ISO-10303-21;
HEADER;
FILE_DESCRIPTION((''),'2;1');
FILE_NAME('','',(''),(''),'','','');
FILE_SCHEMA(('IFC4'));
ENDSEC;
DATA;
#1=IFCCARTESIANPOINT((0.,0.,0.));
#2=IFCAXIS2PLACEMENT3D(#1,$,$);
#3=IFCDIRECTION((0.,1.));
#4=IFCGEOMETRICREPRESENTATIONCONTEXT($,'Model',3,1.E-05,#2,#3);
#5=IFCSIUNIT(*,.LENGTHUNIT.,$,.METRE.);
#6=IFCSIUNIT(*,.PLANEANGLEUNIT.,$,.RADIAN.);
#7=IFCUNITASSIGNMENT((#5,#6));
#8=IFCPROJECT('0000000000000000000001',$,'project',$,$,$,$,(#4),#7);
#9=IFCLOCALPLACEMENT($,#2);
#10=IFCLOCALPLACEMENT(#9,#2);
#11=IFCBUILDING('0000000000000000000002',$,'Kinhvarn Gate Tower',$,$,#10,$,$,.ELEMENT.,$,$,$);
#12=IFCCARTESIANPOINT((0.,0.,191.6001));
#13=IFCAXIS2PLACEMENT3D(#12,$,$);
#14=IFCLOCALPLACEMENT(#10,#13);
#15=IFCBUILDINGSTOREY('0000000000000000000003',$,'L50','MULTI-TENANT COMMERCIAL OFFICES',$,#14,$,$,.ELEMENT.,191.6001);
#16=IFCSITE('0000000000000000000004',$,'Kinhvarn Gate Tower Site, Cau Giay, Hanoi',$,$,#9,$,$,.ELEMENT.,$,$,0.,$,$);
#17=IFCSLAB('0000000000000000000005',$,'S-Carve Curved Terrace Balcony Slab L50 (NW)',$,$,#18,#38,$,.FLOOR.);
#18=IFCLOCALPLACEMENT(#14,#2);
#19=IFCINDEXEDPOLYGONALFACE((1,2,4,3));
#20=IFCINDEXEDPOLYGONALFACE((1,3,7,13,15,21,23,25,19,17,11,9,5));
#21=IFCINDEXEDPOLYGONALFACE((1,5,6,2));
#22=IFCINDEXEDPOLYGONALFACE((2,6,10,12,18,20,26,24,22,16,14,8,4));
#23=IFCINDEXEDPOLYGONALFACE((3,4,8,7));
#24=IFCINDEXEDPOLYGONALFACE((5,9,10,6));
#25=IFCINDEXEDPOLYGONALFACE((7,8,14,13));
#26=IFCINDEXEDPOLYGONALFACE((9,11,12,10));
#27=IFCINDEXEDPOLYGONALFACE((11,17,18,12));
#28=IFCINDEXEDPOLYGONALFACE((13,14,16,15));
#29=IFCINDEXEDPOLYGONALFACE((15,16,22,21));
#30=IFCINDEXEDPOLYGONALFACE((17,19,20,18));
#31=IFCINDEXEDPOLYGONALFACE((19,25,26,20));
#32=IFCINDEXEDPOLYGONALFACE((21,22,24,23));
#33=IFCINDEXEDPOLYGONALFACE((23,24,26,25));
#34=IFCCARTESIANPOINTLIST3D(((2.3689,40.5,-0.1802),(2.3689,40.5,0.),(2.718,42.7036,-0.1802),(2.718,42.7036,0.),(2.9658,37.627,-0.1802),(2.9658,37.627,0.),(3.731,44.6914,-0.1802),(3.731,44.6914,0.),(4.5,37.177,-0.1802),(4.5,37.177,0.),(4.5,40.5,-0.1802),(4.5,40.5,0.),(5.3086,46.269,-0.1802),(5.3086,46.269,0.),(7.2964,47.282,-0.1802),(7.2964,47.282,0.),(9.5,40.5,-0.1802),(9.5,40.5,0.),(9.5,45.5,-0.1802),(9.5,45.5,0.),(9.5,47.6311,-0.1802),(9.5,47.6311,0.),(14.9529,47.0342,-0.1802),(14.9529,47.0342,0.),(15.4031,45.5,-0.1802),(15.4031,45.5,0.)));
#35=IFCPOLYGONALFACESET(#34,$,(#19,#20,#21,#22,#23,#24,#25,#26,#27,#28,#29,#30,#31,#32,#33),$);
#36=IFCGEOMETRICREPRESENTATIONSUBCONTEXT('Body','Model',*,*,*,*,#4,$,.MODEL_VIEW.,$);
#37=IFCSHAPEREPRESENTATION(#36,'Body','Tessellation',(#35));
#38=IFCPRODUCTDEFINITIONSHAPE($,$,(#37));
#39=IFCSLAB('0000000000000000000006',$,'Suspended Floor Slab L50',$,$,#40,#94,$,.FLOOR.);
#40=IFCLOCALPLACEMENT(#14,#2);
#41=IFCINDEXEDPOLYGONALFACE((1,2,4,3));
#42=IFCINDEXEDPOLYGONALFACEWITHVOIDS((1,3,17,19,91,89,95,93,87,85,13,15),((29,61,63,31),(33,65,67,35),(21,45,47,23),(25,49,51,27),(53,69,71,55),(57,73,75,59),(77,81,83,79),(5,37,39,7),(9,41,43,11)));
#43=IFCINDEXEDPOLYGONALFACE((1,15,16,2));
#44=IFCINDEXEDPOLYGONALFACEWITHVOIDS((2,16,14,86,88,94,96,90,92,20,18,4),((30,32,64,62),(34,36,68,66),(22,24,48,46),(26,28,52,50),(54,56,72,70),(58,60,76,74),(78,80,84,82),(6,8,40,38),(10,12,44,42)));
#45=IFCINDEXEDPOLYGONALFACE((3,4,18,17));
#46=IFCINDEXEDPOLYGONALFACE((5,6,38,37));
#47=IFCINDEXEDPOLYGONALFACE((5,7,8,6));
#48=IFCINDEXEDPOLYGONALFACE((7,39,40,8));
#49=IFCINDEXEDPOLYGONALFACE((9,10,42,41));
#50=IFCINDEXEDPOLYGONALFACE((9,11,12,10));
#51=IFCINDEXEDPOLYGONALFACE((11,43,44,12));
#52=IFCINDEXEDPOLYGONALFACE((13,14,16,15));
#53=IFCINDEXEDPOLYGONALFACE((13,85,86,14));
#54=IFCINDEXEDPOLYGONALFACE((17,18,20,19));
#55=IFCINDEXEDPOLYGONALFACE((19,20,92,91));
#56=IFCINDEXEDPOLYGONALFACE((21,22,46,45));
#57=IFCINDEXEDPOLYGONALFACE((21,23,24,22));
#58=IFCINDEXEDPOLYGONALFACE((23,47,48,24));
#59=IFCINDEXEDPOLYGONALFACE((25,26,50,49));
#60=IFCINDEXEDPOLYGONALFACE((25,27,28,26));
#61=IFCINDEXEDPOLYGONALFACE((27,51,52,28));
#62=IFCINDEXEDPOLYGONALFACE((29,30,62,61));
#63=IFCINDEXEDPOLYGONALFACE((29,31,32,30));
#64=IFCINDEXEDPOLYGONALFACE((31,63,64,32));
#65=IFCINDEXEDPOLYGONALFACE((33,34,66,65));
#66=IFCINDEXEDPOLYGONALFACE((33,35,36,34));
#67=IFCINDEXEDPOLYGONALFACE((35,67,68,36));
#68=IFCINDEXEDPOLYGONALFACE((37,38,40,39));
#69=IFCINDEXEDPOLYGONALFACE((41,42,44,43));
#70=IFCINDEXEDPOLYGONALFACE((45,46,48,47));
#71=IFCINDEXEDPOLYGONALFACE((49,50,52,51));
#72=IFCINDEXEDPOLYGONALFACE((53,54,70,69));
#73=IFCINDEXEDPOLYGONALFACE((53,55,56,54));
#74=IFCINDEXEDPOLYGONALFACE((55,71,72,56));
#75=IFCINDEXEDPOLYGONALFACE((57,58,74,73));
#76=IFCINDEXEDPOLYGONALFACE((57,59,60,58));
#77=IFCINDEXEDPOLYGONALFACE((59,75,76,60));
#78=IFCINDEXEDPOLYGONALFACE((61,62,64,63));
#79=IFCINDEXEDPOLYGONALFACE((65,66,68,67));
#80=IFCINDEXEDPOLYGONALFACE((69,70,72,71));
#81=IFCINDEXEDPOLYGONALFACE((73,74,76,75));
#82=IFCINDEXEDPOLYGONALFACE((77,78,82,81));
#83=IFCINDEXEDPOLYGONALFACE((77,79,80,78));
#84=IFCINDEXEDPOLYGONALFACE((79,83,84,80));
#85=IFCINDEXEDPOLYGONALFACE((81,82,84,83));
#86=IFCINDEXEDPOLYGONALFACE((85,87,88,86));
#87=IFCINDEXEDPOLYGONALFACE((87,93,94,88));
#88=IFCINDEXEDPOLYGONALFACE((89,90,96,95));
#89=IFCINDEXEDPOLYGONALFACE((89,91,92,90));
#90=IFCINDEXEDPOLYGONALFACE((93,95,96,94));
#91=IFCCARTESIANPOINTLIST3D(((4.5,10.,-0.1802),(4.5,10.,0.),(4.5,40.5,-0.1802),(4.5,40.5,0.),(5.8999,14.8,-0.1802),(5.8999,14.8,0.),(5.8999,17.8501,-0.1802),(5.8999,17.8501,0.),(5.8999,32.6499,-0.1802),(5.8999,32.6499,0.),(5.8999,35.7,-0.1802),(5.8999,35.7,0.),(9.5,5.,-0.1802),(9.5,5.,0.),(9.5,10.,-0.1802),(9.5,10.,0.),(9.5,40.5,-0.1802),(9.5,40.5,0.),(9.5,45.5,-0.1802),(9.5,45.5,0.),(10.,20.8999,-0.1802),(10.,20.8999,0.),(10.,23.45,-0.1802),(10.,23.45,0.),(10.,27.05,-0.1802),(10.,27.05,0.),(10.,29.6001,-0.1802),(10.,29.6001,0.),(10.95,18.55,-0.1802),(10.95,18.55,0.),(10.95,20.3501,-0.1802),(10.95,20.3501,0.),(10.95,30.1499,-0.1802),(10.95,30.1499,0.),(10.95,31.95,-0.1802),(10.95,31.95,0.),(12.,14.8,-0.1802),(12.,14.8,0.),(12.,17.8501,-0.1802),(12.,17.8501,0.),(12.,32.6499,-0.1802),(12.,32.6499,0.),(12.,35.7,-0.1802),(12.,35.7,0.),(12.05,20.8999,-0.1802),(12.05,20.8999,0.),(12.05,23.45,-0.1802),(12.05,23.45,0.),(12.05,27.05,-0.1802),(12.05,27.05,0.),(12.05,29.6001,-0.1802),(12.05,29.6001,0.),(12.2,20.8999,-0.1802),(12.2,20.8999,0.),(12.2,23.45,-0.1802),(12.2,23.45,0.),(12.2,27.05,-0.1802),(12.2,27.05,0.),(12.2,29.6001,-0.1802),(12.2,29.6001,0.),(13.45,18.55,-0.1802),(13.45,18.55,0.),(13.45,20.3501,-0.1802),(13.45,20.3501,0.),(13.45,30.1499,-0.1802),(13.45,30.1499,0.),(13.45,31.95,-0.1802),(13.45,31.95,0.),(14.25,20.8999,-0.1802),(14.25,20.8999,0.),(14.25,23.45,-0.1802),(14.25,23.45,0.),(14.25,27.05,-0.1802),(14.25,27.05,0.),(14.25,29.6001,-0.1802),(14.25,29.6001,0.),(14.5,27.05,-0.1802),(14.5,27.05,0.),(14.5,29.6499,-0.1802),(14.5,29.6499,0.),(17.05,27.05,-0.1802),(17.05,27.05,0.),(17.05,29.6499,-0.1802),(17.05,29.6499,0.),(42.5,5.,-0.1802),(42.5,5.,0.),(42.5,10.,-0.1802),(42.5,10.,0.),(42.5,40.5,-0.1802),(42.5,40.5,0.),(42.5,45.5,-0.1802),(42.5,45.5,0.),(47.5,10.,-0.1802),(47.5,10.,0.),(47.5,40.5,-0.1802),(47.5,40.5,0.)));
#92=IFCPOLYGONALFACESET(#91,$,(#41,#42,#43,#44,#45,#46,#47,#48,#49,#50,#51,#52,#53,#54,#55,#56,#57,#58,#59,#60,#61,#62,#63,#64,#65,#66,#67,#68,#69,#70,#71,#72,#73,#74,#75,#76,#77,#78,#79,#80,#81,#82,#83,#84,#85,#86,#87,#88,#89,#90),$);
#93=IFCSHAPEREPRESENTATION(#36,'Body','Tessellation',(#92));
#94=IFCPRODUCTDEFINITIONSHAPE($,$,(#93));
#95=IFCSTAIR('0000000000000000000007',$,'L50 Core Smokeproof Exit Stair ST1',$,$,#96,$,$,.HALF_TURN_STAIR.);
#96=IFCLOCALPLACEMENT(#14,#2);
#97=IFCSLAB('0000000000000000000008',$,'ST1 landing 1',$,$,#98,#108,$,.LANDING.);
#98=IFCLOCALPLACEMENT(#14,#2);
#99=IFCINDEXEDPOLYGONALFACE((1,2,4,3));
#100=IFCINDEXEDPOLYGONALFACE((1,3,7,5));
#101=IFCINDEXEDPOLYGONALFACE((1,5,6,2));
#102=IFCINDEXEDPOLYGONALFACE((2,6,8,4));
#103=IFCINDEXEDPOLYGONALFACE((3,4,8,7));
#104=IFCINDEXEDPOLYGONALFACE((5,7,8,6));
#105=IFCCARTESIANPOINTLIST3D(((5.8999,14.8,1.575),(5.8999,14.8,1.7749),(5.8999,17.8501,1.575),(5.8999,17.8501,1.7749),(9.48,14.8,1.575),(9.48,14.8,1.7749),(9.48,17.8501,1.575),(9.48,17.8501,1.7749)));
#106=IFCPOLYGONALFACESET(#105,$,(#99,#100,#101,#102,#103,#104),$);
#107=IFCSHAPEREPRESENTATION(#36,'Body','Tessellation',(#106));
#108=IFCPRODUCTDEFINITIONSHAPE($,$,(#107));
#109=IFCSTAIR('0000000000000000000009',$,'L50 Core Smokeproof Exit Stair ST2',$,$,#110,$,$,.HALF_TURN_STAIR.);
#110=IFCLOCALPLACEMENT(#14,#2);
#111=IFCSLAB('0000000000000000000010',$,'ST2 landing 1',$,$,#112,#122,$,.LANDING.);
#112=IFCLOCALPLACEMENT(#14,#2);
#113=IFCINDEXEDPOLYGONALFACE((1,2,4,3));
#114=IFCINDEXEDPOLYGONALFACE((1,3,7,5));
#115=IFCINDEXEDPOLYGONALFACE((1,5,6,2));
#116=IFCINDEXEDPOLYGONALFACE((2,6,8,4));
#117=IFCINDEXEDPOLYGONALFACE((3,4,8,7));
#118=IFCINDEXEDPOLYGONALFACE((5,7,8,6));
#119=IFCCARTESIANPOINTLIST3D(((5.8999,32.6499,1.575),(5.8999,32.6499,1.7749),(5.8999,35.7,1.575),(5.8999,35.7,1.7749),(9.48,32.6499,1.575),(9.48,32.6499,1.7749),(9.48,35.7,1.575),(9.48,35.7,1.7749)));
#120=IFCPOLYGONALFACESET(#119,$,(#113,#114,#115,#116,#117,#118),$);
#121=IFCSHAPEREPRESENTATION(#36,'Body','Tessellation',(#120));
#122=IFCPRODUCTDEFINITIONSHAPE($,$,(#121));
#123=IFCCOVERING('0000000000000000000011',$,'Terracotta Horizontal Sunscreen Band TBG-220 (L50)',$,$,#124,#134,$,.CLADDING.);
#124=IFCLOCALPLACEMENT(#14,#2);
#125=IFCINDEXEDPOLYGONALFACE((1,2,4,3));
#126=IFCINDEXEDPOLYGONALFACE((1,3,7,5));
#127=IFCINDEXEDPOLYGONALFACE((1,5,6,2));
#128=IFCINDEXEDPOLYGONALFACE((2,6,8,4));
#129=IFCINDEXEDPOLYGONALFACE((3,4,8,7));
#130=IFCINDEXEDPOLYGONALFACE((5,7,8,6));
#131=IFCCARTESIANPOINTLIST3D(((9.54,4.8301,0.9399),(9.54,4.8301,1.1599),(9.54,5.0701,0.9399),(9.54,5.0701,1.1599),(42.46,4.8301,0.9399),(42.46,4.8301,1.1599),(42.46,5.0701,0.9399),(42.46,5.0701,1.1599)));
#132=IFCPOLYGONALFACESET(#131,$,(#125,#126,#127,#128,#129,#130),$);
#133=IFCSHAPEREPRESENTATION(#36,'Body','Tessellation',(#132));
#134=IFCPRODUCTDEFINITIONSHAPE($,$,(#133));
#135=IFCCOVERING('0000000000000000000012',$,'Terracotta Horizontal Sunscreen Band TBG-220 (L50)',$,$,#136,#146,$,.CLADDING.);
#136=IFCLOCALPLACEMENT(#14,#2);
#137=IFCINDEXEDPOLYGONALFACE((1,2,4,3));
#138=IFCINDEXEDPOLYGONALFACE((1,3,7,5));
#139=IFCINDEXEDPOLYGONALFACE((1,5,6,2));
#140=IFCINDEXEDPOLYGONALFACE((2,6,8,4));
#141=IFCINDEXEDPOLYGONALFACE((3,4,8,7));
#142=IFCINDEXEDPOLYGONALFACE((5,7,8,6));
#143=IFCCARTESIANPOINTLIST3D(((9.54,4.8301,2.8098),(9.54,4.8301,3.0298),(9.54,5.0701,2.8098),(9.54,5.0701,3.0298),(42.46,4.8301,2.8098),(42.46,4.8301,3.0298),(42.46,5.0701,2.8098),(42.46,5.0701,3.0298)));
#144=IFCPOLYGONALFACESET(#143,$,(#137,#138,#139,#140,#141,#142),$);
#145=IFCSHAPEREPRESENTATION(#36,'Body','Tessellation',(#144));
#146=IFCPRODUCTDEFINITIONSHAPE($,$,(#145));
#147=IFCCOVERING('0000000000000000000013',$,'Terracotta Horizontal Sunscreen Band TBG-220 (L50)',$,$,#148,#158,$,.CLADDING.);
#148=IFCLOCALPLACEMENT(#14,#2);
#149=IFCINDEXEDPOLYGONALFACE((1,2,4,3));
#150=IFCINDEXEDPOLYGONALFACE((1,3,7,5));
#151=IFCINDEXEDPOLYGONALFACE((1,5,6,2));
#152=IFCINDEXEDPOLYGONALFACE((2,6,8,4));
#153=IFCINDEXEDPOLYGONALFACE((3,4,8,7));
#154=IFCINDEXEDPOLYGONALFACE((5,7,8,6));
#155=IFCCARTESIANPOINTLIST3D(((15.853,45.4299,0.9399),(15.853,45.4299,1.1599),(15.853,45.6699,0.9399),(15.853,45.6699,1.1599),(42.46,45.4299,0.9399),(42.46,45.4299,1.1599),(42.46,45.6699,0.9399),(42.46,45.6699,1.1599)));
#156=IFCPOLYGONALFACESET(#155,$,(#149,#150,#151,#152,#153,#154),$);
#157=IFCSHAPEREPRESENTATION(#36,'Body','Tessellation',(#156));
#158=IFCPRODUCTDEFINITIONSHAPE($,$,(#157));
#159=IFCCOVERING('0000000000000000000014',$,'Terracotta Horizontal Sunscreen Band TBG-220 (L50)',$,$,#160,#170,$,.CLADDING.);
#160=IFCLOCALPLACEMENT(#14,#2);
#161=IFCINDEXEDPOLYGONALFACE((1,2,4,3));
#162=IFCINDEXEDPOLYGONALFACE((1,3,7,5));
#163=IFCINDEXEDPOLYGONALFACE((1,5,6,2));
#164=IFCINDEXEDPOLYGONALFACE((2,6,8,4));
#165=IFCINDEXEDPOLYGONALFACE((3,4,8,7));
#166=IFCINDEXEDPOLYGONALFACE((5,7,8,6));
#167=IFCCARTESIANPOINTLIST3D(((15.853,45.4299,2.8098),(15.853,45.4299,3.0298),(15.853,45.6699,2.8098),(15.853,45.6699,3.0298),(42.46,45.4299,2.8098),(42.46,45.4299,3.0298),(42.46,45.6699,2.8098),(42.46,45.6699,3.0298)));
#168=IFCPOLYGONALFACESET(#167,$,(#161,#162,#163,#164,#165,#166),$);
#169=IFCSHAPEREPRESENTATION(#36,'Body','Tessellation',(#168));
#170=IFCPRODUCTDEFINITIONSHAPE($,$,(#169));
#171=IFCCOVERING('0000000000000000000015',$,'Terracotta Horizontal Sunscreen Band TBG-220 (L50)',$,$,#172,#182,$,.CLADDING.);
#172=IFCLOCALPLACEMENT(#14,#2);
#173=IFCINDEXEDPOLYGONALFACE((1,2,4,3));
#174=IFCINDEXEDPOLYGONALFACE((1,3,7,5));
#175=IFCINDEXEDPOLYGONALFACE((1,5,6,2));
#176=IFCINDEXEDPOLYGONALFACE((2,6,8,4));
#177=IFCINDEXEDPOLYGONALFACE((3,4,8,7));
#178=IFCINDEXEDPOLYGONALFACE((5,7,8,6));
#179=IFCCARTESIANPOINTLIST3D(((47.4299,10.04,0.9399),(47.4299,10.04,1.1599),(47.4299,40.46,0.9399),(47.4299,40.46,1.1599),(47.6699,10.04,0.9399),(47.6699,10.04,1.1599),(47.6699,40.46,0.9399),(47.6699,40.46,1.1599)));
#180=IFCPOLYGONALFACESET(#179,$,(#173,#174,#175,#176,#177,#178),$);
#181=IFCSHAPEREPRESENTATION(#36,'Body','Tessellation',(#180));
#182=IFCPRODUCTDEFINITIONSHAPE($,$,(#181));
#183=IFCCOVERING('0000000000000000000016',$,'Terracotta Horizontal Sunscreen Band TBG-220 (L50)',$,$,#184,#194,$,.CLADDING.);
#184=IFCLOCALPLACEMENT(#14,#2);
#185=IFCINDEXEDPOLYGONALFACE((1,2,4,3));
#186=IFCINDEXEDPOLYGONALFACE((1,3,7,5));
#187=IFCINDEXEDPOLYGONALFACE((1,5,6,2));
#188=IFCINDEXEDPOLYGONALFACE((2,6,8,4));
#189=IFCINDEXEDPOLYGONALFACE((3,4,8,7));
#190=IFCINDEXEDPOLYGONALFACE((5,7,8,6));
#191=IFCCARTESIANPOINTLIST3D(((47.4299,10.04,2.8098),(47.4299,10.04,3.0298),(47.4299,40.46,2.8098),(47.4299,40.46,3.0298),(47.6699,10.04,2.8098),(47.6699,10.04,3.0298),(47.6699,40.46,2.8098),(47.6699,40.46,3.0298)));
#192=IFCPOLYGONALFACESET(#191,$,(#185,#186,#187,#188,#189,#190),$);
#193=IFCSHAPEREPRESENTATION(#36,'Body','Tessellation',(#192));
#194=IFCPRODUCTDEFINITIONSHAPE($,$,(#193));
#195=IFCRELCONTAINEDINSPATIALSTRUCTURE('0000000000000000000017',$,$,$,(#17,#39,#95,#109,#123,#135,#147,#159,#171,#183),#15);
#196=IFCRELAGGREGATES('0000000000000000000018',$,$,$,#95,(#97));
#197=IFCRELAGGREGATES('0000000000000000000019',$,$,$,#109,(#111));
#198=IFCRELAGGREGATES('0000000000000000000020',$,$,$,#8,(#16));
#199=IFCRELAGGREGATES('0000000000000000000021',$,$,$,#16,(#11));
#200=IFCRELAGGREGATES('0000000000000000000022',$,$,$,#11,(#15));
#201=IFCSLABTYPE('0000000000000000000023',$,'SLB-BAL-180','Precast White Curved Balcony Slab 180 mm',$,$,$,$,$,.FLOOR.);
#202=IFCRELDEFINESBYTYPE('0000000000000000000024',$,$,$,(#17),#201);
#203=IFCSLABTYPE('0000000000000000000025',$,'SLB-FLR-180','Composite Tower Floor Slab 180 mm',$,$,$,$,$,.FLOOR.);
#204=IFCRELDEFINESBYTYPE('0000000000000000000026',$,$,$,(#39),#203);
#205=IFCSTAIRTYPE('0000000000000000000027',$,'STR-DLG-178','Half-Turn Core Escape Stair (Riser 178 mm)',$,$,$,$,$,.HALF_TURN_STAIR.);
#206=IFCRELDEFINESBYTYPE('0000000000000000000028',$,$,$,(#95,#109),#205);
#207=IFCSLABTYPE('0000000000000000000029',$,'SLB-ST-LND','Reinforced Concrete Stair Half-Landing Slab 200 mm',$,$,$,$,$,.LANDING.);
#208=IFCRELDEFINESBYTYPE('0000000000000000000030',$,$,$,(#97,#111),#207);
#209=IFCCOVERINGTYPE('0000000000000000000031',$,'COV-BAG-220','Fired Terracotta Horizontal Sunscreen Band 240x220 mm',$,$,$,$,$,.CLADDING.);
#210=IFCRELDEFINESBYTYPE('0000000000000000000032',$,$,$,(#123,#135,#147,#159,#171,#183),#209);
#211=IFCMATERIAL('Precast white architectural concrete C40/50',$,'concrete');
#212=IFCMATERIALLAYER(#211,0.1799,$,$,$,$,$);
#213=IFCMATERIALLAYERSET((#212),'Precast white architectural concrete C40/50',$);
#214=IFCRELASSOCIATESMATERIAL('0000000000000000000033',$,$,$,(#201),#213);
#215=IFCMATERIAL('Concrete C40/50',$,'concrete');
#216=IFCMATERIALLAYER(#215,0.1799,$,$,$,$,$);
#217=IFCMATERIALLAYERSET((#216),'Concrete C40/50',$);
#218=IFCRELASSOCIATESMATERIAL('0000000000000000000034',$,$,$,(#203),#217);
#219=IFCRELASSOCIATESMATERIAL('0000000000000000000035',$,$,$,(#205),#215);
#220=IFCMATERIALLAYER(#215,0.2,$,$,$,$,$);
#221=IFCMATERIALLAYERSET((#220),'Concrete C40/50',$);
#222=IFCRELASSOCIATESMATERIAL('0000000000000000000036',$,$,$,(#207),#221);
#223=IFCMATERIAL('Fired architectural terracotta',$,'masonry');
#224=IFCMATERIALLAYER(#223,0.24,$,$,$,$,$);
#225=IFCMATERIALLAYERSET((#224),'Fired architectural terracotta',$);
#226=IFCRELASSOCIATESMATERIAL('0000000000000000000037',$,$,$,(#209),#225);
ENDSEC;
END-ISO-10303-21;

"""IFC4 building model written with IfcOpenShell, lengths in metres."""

from ifc_helpers import new_model, si_unit, direction, frame, origin, place, context, subcontext, project, spatial, polyline, outline, extrude, material, layer, layer_set, type_object, element, aggregate, save


model = new_model("IFC4")

# Units and contexts
model_context = context("Model", 3, precision=1e-05, world=origin(), true_north=direction((0.0, 1.0)))
body_context = subcontext(model_context, "Body", "Model", "MODEL_VIEW")
ifc_project = project(units=[si_unit("LENGTHUNIT", "METRE"), si_unit("PLANEANGLEUNIT", "RADIAN")], contexts=[model_context])

# Site, building, storey
site_placement = place(None, origin())
site = spatial("IfcSite", under=ifc_project, at=site_placement, Name="Kinhvarn Gate Tower Site, Cau Giay, Hanoi", CompositionType="ELEMENT", RefElevation=0.0)
building_placement = place(site_placement, origin())
building = spatial("IfcBuilding", under=site, at=building_placement, Name="Kinhvarn Gate Tower", CompositionType="ELEMENT")
storey_placement = place(building_placement, frame((0.0, 0.0, 191.6001)))
storey = spatial("IfcBuildingStorey", under=building, at=storey_placement, Name="L50", Description="MULTI-TENANT COMMERCIAL OFFICES", CompositionType="ELEMENT", Elevation=191.6001)

# Slabs
ifc_material_1 = material(Name="Precast white architectural concrete C40/50", Category="concrete")
ifc_layer_1 = layer(ifc_material_1, 0.1799)
ifc_layer_set_1 = layer_set([ifc_layer_1], Name="Precast white architectural concrete C40/50")
slab_type_1 = type_object("IfcSlabType", Name="SLB-BAL-180", Description="Precast White Curved Balcony Slab 180 mm", PredefinedType="FLOOR", material=ifc_layer_set_1)
slab_1_placement = place(storey_placement, frame((0.0, 0.0, -0.1802)))
element("IfcSlab", 1, at=slab_1_placement, inside=storey, type_object=slab_type_1, Name="S-Carve Curved Terrace Balcony Slab L50 (NW)", PredefinedType="FLOOR", context=body_context, shape_type="SweptSolid", body=[
    extrude(outline(polyline([(15.4031, 45.5), (14.9529, 47.0342), (9.5, 47.6311), (7.2964, 47.282), (5.3086, 46.269), (3.731, 44.6914), (2.718, 42.7036), (2.3689, 40.5), (2.9658, 37.627), (4.5, 37.177), (4.5, 40.5), (9.5, 40.5), (9.5, 45.5), (15.4031, 45.5)])), origin(), (0.0, 0.0, 1.0), 0.1802),
])
ifc_material_2 = material(Name="Concrete C40/50", Category="concrete")
ifc_layer_2 = layer(ifc_material_2, 0.1799)
ifc_layer_set_2 = layer_set([ifc_layer_2], Name="Concrete C40/50")
slab_type_2 = type_object("IfcSlabType", Name="SLB-FLR-180", Description="Composite Tower Floor Slab 180 mm", PredefinedType="FLOOR", material=ifc_layer_set_2)
slab_2_placement = place(storey_placement, frame((0.0, 0.0, -0.1802)))
element("IfcSlab", 2, at=slab_2_placement, inside=storey, type_object=slab_type_2, Name="Suspended Floor Slab L50", PredefinedType="FLOOR", context=body_context, shape_type="SweptSolid", body=[
    extrude(outline(polyline([(9.5, 5.0), (42.5, 5.0), (42.5, 10.0), (47.5, 10.0), (47.5, 40.5), (42.5, 40.5), (42.5, 45.5), (9.5, 45.5), (9.5, 40.5), (4.5, 40.5), (4.5, 10.0), (9.5, 10.0), (9.5, 5.0)]), holes=[polyline([(5.8999, 14.8), (12.0, 14.8), (12.0, 17.8501), (5.8999, 17.8501), (5.8999, 14.8)]), polyline([(5.8999, 32.6499), (12.0, 32.6499), (12.0, 35.7), (5.8999, 35.7), (5.8999, 32.6499)]), polyline([(10.0, 20.8999), (12.05, 20.8999), (12.05, 23.45), (10.0, 23.45), (10.0, 20.8999)]), polyline([(12.2, 20.8999), (14.25, 20.8999), (14.25, 23.45), (12.2, 23.45), (12.2, 20.8999)]), polyline([(10.0, 27.05), (12.05, 27.05), (12.05, 29.6001), (10.0, 29.6001), (10.0, 27.05)]), polyline([(12.2, 27.05), (14.25, 27.05), (14.25, 29.6001), (12.2, 29.6001), (12.2, 27.05)]), polyline([(14.5, 27.05), (17.05, 27.05), (17.05, 29.6499), (14.5, 29.6499), (14.5, 27.05)]), polyline([(10.95, 18.55), (13.45, 18.55), (13.45, 20.3501), (10.95, 20.3501), (10.95, 18.55)]), polyline([(10.95, 30.1499), (13.45, 30.1499), (13.45, 31.95), (10.95, 31.95), (10.95, 30.1499)])]), origin(), (0.0, 0.0, 1.0), 0.1802),
])

# Stairs, slabs
stair_type = type_object("IfcStairType", Name="STR-DLG-178", Description="Half-Turn Core Escape Stair (Riser 178 mm)", PredefinedType="HALF_TURN_STAIR", material=ifc_material_2)
stair_1_placement = place(storey_placement, origin())
stair_1 = element("IfcStair", 3, at=stair_1_placement, inside=storey, type_object=stair_type, Name="L50 Core Smokeproof Exit Stair ST1", PredefinedType="HALF_TURN_STAIR")
ifc_layer_3 = layer(ifc_material_2, 0.2)
ifc_layer_set_3 = layer_set([ifc_layer_3], Name="Concrete C40/50")
slab_type_3 = type_object("IfcSlabType", Name="SLB-ST-LND", Description="Reinforced Concrete Stair Half-Landing Slab 200 mm", PredefinedType="LANDING", material=ifc_layer_set_3)
slab_3_placement = place(storey_placement, frame((0.0, 0.0, 1.575)))
slab_3 = element("IfcSlab", 4, at=slab_3_placement, type_object=slab_type_3, Name="ST1 landing 1", PredefinedType="LANDING", context=body_context, shape_type="SweptSolid", body=[
    extrude(outline(polyline([(9.48, 17.8501), (5.8999, 17.8501), (5.8999, 14.8), (9.48, 14.8), (9.48, 17.8501)])), origin(), (0.0, 0.0, 1.0), 0.2),
])
aggregate(stair_1, [slab_3])
stair_2_placement = place(storey_placement, origin())
stair_2 = element("IfcStair", 5, at=stair_2_placement, inside=storey, type_object=stair_type, Name="L50 Core Smokeproof Exit Stair ST2", PredefinedType="HALF_TURN_STAIR")
slab_4_placement = place(storey_placement, frame((0.0, 0.0, 1.575)))
slab_4 = element("IfcSlab", 6, at=slab_4_placement, type_object=slab_type_3, Name="ST2 landing 1", PredefinedType="LANDING", context=body_context, shape_type="SweptSolid", body=[
    extrude(outline(polyline([(9.48, 35.7), (5.8999, 35.7), (5.8999, 32.6499), (9.48, 32.6499), (9.48, 35.7)])), origin(), (0.0, 0.0, 1.0), 0.2),
])
aggregate(stair_2, [slab_4])

# Coverings
ifc_material_3 = material(Name="Fired architectural terracotta", Category="masonry")
ifc_layer_4 = layer(ifc_material_3, 0.24)
ifc_layer_set_4 = layer_set([ifc_layer_4], Name="Fired architectural terracotta")
covering_type_1 = type_object("IfcCoveringType", Name="COV-BAG-220", Description="Fired Terracotta Horizontal Sunscreen Band 240x220 mm", PredefinedType="CLADDING", material=ifc_layer_set_4)
for number, where, name in (
    (7, (0.0, 0.0, 0.9399), "Terracotta Horizontal Sunscreen Band TBG-220 (L50)"),
    (8, (0.0, 0.0, 2.8098), "Terracotta Horizontal Sunscreen Band TBG-220 (L50)"),
):
    element("IfcCovering", number, at=place(storey_placement, frame(where)), inside=storey, type_object=covering_type_1, Name=name, PredefinedType="CLADDING", context=body_context, shape_type="SweptSolid", body=[
        extrude(outline(polyline([(9.54, 5.0701), (42.46, 5.0701), (42.46, 4.8301), (9.54, 4.8301), (9.54, 5.0701)])), origin(), (0.0, 0.0, 1.0), 0.22),
    ])
for number, where, name in (
    (9, (0.0, 0.0, 0.9399), "Terracotta Horizontal Sunscreen Band TBG-220 (L50)"),
    (10, (0.0, 0.0, 2.8098), "Terracotta Horizontal Sunscreen Band TBG-220 (L50)"),
):
    element("IfcCovering", number, at=place(storey_placement, frame(where)), inside=storey, type_object=covering_type_1, Name=name, PredefinedType="CLADDING", context=body_context, shape_type="SweptSolid", body=[
        extrude(outline(polyline([(42.46, 45.4299), (15.853, 45.4299), (15.853, 45.6699), (42.46, 45.6699), (42.46, 45.4299)])), origin(), (0.0, 0.0, 1.0), 0.22),
    ])
for number, where, name in (
    (11, (0.0, 0.0, 0.9399), "Terracotta Horizontal Sunscreen Band TBG-220 (L50)"),
    (12, (0.0, 0.0, 2.8098), "Terracotta Horizontal Sunscreen Band TBG-220 (L50)"),
):
    element("IfcCovering", number, at=place(storey_placement, frame(where)), inside=storey, type_object=covering_type_1, Name=name, PredefinedType="CLADDING", context=body_context, shape_type="SweptSolid", body=[
        extrude(outline(polyline([(47.4299, 10.04), (47.4299, 40.46), (47.6699, 40.46), (47.6699, 10.04), (47.4299, 10.04)])), origin(), (0.0, 0.0, 1.0), 0.22),
    ])

save(model, "model.ifc")
